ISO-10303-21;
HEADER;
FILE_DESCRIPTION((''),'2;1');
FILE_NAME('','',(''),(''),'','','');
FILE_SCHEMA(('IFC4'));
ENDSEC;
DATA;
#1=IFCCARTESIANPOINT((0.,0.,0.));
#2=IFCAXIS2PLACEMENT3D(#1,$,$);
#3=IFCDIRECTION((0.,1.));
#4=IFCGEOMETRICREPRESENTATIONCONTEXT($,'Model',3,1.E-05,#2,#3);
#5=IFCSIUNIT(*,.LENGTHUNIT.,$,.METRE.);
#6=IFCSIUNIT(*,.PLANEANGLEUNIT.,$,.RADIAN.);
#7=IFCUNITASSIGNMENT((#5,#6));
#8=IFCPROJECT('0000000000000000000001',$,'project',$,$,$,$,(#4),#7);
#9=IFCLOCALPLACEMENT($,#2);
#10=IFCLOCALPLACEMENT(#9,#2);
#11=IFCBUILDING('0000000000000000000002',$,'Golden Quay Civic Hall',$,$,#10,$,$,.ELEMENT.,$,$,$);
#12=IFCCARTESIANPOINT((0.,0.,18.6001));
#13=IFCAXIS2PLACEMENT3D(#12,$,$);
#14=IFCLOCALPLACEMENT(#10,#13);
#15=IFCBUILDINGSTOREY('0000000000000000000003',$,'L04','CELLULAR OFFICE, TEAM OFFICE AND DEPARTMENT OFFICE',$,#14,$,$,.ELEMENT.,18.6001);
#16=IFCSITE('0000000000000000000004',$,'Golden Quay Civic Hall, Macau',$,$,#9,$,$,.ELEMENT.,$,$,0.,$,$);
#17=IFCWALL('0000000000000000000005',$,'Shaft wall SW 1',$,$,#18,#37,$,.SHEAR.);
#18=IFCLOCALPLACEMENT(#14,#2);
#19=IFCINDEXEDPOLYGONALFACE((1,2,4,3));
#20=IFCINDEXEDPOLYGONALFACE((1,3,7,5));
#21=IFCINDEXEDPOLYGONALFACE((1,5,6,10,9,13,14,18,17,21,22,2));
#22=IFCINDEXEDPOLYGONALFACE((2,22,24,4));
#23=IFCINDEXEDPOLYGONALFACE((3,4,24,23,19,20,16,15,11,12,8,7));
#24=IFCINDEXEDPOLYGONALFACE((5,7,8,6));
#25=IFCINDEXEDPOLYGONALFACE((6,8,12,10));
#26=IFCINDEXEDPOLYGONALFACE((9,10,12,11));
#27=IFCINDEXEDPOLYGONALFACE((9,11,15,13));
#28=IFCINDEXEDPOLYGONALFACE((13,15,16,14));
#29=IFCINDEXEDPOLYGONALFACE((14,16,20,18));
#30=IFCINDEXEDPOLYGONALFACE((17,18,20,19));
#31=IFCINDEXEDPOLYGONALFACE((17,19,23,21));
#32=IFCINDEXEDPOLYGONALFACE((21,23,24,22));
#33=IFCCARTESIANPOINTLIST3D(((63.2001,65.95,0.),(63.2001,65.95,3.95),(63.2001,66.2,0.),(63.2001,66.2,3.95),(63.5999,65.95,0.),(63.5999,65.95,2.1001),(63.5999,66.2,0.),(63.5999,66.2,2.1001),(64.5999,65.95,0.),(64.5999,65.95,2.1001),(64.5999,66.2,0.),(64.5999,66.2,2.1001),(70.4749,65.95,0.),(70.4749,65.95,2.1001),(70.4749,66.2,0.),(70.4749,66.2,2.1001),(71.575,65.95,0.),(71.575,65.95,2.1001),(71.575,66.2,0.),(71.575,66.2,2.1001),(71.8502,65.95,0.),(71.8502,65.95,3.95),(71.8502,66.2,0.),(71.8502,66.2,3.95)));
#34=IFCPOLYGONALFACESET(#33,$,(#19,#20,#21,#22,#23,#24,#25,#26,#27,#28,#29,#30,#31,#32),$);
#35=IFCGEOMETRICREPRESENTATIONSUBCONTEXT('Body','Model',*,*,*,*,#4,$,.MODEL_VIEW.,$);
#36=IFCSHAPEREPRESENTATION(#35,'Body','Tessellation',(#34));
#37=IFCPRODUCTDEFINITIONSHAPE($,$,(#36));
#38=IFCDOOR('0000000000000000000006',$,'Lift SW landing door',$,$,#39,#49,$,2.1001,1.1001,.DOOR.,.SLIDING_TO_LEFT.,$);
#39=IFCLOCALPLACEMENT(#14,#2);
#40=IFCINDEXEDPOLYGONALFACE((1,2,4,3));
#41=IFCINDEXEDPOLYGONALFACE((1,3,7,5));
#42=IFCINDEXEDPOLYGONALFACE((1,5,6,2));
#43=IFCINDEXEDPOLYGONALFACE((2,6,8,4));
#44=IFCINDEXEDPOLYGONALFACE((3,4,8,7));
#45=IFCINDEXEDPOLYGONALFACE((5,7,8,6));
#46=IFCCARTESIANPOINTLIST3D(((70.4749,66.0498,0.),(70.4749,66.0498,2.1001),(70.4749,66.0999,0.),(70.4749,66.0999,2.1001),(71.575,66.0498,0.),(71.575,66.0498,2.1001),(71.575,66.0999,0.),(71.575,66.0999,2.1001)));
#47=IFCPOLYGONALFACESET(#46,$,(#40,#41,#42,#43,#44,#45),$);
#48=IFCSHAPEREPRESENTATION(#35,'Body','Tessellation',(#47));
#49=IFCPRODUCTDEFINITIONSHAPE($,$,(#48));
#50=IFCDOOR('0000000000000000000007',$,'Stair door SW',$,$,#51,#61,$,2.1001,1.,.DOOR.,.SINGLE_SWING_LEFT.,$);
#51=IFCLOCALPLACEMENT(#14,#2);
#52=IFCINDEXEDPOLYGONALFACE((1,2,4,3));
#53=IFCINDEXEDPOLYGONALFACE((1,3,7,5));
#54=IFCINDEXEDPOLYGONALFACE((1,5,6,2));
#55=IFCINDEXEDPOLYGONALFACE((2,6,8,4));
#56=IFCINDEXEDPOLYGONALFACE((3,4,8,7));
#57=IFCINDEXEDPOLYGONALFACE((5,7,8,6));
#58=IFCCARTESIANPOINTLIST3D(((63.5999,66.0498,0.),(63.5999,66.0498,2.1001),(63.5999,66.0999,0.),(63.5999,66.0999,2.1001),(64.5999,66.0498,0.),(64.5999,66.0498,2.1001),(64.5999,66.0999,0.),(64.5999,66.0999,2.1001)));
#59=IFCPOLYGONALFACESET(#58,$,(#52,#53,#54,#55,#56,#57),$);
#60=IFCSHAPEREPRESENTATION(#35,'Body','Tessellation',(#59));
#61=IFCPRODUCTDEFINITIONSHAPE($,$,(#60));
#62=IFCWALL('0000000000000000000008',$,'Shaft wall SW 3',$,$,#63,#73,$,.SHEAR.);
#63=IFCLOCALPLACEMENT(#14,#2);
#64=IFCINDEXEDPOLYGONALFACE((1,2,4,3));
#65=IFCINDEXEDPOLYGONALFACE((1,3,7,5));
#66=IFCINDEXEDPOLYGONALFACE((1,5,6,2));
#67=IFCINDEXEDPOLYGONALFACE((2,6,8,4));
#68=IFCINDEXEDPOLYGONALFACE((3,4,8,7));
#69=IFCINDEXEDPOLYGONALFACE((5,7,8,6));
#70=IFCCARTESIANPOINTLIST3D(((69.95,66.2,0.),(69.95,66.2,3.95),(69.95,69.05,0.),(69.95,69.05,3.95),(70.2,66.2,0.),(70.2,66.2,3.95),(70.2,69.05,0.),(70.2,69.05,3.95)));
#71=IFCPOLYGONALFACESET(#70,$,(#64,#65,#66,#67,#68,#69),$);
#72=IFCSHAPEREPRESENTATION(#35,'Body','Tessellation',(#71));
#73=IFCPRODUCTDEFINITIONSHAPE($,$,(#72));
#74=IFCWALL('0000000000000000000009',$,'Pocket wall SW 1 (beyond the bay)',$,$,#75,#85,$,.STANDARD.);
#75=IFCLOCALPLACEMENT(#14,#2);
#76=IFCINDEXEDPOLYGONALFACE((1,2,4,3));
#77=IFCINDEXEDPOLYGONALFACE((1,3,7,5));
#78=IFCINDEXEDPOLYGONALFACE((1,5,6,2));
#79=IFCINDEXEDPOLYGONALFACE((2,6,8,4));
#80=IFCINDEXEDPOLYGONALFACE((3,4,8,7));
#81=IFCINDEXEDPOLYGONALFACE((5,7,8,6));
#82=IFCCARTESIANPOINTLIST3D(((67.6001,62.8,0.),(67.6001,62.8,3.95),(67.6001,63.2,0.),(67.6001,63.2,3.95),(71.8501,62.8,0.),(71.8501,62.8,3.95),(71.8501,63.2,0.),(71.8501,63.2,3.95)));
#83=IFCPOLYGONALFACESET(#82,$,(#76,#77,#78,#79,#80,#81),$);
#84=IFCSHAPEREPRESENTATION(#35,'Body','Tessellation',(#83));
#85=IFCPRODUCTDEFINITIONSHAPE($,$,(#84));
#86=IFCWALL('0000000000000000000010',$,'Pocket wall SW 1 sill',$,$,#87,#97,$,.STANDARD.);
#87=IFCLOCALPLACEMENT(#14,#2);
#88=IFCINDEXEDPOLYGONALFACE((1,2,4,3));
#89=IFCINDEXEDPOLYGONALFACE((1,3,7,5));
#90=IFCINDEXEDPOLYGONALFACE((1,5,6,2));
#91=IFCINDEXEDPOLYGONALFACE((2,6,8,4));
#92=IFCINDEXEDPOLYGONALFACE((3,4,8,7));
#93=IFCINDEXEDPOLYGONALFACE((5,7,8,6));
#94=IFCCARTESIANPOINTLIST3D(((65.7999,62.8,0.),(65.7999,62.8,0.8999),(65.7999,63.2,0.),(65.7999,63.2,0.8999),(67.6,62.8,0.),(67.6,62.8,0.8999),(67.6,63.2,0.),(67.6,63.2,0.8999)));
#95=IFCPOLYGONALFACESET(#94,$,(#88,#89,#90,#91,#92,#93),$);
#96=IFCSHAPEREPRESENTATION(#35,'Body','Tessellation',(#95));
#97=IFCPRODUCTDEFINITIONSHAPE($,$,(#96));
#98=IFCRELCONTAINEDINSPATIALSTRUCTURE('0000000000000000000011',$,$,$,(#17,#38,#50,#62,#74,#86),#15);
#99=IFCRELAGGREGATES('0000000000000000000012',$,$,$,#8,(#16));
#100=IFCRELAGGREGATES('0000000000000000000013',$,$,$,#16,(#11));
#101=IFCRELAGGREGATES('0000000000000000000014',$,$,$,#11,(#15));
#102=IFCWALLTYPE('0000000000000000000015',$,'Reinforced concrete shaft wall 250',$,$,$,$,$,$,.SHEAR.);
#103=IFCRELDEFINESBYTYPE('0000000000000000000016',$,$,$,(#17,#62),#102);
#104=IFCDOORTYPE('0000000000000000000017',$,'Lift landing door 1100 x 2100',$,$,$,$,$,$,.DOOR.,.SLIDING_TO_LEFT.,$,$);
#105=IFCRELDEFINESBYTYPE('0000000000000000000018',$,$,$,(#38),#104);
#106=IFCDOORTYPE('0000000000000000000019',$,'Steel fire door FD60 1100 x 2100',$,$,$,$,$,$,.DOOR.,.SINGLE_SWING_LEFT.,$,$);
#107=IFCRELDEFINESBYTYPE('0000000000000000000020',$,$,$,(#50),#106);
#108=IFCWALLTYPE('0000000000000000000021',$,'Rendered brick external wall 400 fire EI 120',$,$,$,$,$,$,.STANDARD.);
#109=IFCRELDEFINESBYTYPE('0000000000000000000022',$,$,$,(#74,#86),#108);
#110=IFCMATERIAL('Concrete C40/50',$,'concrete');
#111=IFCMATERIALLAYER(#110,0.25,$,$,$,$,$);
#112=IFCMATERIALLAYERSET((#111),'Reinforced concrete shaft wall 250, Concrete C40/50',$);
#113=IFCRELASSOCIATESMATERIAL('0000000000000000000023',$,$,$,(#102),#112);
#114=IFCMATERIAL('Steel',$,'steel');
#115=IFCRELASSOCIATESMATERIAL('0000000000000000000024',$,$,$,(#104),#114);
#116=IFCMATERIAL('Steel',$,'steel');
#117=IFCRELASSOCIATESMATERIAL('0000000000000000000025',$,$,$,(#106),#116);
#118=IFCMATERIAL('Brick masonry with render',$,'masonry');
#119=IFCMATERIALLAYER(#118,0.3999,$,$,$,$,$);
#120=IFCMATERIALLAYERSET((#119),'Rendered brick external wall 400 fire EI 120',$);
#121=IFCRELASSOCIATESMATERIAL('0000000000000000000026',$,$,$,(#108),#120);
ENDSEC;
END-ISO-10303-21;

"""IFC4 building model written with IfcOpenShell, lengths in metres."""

from ifc_helpers import new_model, si_unit, direction, frame, frame_2d, origin, place, context, subcontext, project, spatial, rectangle, extrude, material, layer, layer_set, type_object, element, fill, save


model = new_model("IFC4")

# Units and contexts
model_context = context("Model", 3, precision=1e-05, world=origin(), true_north=direction((0.0, 1.0)))
body_context = subcontext(model_context, "Body", "Model", "MODEL_VIEW")
ifc_project = project(units=[si_unit("LENGTHUNIT", "METRE"), si_unit("PLANEANGLEUNIT", "RADIAN")], contexts=[model_context])

# Site, building, storey
site_placement = place(None, origin())
site = spatial("IfcSite", under=ifc_project, at=site_placement, Name="Golden Quay Civic Hall, Macau", CompositionType="ELEMENT", RefElevation=0.0)
building_placement = place(site_placement, origin())
building = spatial("IfcBuilding", under=site, at=building_placement, Name="Golden Quay Civic Hall", CompositionType="ELEMENT")
storey_placement = place(building_placement, frame((0.0, 0.0, 18.6001)))
storey = spatial("IfcBuildingStorey", under=building, at=storey_placement, Name="L04", Description="CELLULAR OFFICE, TEAM OFFICE AND DEPARTMENT OFFICE", CompositionType="ELEMENT", Elevation=18.6001)

# Wall, openings, doors
ifc_material_1 = material(Name="Concrete C40/50", Category="concrete")
ifc_layer_1 = layer(ifc_material_1, 0.25)
ifc_layer_set_1 = layer_set([ifc_layer_1], Name="Reinforced concrete shaft wall 250, Concrete C40/50")
wall_type_1 = type_object("IfcWallType", Name="Reinforced concrete shaft wall 250", PredefinedType="SHEAR", material=ifc_layer_set_1)
wall_1_placement = place(storey_placement, frame((63.2, 66.075, 0.0), z_axis=(0.0, 0.0, 1.0), x_axis=(1.0, 0.0, 0.0)))
wall_1 = element("IfcWall", 1, at=wall_1_placement, inside=storey, type_object=wall_type_1, Name="Shaft wall SW 1", PredefinedType="SHEAR", context=body_context, shape_type="SweptSolid", body=[
    extrude(rectangle(XDim=8.6501, YDim=0.25, at=frame_2d((4.3252, 0.0))), origin(), (0.0, 0.0, 1.0), 3.95),
])
opening_1_placement = place(wall_1_placement, frame((0.3999, 0.0, 0.0)))
opening_1 = element("IfcOpeningElement", 2, at=opening_1_placement, cuts=wall_1, PredefinedType="OPENING", context=body_context, shape_type="SweptSolid", body=[
    extrude(rectangle(XDim=1.0, YDim=2.1001, at=frame_2d((0.5, 1.05))), frame((0.0, 0.135, 0.0), z_axis=(0.0, -1.0, 0.0), x_axis=(1.0, 0.0, 0.0)), (0.0, 0.0, 1.0), 0.27),
])
opening_2_placement = place(wall_1_placement, frame((7.2749, 0.0, 0.0)))
opening_2 = element("IfcOpeningElement", 3, at=opening_2_placement, cuts=wall_1, PredefinedType="OPENING", context=body_context, shape_type="SweptSolid", body=[
    extrude(rectangle(XDim=1.1001, YDim=2.1001, at=frame_2d((0.55, 1.05))), frame((0.0, 0.135, 0.0), z_axis=(0.0, -1.0, 0.0), x_axis=(1.0, 0.0, 0.0)), (0.0, 0.0, 1.0), 0.27),
])
ifc_material_2 = material(Name="Steel", Category="steel")
door_type_1 = type_object("IfcDoorType", Name="Lift landing door 1100 x 2100", OperationType="SLIDING_TO_LEFT", PredefinedType="DOOR", material=ifc_material_2)
door_1_placement = place(opening_2_placement, frame((1.1001, 0.0, 0.0), z_axis=(0.0, 0.0, 1.0), x_axis=(-1.0, 0.0, 0.0)))
door_1 = element("IfcDoor", 4, at=door_1_placement, inside=storey, type_object=door_type_1, Name="Lift SW landing door", OperationType="SLIDING_TO_LEFT", OverallHeight=2.1001, OverallWidth=1.1001, PredefinedType="DOOR", context=body_context, shape_type="SweptSolid", body=[
    extrude(rectangle(XDim=1.1001, YDim=2.1001, at=frame_2d((0.55, 1.05))), frame((0.0, 0.0251, 0.0), z_axis=(0.0, -1.0, 0.0), x_axis=(1.0, 0.0, 0.0)), (0.0, 0.0, 1.0), 0.05),
])
fill(opening_2, door_1)
ifc_material_3 = material(Name="Steel", Category="steel")
door_type_2 = type_object("IfcDoorType", Name="Steel fire door FD60 1100 x 2100", OperationType="SINGLE_SWING_LEFT", PredefinedType="DOOR", material=ifc_material_3)
door_2_placement = place(opening_1_placement, origin())
door_2 = element("IfcDoor", 5, at=door_2_placement, inside=storey, type_object=door_type_2, Name="Stair door SW", OperationType="SINGLE_SWING_LEFT", OverallHeight=2.1001, OverallWidth=1.0, PredefinedType="DOOR", context=body_context, shape_type="SweptSolid", body=[
    extrude(rectangle(XDim=1.0, YDim=2.1001, at=frame_2d((0.5, 1.05))), frame((0.0, 0.0249, 0.0), z_axis=(0.0, -1.0, 0.0), x_axis=(1.0, 0.0, 0.0)), (0.0, 0.0, 1.0), 0.05),
])
fill(opening_1, door_2)

# Walls
wall_2_placement = place(storey_placement, frame((70.075, 66.2, 0.0), z_axis=(0.0, 0.0, 1.0), x_axis=(0.0, 1.0, 0.0)))
element("IfcWall", 6, at=wall_2_placement, inside=storey, type_object=wall_type_1, Name="Shaft wall SW 3", PredefinedType="SHEAR", context=body_context, shape_type="SweptSolid", body=[
    extrude(rectangle(XDim=2.8501, YDim=0.25, at=frame_2d((1.425, 0.0))), origin(), (0.0, 0.0, 1.0), 3.95),
])
ifc_material_4 = material(Name="Brick masonry with render", Category="masonry")
ifc_layer_2 = layer(ifc_material_4, 0.3999)
ifc_layer_set_2 = layer_set([ifc_layer_2], Name="Rendered brick external wall 400 fire EI 120")
wall_type_2 = type_object("IfcWallType", Name="Rendered brick external wall 400 fire EI 120", PredefinedType="STANDARD", material=ifc_layer_set_2)
wall_3_placement = place(storey_placement, frame((67.6001, 63.0, 0.0), z_axis=(0.0, 0.0, 1.0), x_axis=(1.0, 0.0, 0.0)))
element("IfcWall", 7, at=wall_3_placement, inside=storey, type_object=wall_type_2, Name="Pocket wall SW 1 (beyond the bay)", PredefinedType="STANDARD", context=body_context, shape_type="SweptSolid", body=[
    extrude(rectangle(XDim=4.25, YDim=0.3999, at=frame_2d((2.125, 0.0))), origin(), (0.0, 0.0, 1.0), 3.95),
])
wall_4_placement = place(storey_placement, frame((65.8, 63.0, 0.0), z_axis=(0.0, 0.0, 1.0), x_axis=(1.0, 0.0, 0.0)))
element("IfcWall", 8, at=wall_4_placement, inside=storey, type_object=wall_type_2, Name="Pocket wall SW 1 sill", PredefinedType="STANDARD", context=body_context, shape_type="SweptSolid", body=[
    extrude(rectangle(XDim=1.8, YDim=0.3999, at=frame_2d((0.8999, 0.0))), origin(), (0.0, 0.0, 1.0), 0.8999),
])

save(model, "model.ifc")
